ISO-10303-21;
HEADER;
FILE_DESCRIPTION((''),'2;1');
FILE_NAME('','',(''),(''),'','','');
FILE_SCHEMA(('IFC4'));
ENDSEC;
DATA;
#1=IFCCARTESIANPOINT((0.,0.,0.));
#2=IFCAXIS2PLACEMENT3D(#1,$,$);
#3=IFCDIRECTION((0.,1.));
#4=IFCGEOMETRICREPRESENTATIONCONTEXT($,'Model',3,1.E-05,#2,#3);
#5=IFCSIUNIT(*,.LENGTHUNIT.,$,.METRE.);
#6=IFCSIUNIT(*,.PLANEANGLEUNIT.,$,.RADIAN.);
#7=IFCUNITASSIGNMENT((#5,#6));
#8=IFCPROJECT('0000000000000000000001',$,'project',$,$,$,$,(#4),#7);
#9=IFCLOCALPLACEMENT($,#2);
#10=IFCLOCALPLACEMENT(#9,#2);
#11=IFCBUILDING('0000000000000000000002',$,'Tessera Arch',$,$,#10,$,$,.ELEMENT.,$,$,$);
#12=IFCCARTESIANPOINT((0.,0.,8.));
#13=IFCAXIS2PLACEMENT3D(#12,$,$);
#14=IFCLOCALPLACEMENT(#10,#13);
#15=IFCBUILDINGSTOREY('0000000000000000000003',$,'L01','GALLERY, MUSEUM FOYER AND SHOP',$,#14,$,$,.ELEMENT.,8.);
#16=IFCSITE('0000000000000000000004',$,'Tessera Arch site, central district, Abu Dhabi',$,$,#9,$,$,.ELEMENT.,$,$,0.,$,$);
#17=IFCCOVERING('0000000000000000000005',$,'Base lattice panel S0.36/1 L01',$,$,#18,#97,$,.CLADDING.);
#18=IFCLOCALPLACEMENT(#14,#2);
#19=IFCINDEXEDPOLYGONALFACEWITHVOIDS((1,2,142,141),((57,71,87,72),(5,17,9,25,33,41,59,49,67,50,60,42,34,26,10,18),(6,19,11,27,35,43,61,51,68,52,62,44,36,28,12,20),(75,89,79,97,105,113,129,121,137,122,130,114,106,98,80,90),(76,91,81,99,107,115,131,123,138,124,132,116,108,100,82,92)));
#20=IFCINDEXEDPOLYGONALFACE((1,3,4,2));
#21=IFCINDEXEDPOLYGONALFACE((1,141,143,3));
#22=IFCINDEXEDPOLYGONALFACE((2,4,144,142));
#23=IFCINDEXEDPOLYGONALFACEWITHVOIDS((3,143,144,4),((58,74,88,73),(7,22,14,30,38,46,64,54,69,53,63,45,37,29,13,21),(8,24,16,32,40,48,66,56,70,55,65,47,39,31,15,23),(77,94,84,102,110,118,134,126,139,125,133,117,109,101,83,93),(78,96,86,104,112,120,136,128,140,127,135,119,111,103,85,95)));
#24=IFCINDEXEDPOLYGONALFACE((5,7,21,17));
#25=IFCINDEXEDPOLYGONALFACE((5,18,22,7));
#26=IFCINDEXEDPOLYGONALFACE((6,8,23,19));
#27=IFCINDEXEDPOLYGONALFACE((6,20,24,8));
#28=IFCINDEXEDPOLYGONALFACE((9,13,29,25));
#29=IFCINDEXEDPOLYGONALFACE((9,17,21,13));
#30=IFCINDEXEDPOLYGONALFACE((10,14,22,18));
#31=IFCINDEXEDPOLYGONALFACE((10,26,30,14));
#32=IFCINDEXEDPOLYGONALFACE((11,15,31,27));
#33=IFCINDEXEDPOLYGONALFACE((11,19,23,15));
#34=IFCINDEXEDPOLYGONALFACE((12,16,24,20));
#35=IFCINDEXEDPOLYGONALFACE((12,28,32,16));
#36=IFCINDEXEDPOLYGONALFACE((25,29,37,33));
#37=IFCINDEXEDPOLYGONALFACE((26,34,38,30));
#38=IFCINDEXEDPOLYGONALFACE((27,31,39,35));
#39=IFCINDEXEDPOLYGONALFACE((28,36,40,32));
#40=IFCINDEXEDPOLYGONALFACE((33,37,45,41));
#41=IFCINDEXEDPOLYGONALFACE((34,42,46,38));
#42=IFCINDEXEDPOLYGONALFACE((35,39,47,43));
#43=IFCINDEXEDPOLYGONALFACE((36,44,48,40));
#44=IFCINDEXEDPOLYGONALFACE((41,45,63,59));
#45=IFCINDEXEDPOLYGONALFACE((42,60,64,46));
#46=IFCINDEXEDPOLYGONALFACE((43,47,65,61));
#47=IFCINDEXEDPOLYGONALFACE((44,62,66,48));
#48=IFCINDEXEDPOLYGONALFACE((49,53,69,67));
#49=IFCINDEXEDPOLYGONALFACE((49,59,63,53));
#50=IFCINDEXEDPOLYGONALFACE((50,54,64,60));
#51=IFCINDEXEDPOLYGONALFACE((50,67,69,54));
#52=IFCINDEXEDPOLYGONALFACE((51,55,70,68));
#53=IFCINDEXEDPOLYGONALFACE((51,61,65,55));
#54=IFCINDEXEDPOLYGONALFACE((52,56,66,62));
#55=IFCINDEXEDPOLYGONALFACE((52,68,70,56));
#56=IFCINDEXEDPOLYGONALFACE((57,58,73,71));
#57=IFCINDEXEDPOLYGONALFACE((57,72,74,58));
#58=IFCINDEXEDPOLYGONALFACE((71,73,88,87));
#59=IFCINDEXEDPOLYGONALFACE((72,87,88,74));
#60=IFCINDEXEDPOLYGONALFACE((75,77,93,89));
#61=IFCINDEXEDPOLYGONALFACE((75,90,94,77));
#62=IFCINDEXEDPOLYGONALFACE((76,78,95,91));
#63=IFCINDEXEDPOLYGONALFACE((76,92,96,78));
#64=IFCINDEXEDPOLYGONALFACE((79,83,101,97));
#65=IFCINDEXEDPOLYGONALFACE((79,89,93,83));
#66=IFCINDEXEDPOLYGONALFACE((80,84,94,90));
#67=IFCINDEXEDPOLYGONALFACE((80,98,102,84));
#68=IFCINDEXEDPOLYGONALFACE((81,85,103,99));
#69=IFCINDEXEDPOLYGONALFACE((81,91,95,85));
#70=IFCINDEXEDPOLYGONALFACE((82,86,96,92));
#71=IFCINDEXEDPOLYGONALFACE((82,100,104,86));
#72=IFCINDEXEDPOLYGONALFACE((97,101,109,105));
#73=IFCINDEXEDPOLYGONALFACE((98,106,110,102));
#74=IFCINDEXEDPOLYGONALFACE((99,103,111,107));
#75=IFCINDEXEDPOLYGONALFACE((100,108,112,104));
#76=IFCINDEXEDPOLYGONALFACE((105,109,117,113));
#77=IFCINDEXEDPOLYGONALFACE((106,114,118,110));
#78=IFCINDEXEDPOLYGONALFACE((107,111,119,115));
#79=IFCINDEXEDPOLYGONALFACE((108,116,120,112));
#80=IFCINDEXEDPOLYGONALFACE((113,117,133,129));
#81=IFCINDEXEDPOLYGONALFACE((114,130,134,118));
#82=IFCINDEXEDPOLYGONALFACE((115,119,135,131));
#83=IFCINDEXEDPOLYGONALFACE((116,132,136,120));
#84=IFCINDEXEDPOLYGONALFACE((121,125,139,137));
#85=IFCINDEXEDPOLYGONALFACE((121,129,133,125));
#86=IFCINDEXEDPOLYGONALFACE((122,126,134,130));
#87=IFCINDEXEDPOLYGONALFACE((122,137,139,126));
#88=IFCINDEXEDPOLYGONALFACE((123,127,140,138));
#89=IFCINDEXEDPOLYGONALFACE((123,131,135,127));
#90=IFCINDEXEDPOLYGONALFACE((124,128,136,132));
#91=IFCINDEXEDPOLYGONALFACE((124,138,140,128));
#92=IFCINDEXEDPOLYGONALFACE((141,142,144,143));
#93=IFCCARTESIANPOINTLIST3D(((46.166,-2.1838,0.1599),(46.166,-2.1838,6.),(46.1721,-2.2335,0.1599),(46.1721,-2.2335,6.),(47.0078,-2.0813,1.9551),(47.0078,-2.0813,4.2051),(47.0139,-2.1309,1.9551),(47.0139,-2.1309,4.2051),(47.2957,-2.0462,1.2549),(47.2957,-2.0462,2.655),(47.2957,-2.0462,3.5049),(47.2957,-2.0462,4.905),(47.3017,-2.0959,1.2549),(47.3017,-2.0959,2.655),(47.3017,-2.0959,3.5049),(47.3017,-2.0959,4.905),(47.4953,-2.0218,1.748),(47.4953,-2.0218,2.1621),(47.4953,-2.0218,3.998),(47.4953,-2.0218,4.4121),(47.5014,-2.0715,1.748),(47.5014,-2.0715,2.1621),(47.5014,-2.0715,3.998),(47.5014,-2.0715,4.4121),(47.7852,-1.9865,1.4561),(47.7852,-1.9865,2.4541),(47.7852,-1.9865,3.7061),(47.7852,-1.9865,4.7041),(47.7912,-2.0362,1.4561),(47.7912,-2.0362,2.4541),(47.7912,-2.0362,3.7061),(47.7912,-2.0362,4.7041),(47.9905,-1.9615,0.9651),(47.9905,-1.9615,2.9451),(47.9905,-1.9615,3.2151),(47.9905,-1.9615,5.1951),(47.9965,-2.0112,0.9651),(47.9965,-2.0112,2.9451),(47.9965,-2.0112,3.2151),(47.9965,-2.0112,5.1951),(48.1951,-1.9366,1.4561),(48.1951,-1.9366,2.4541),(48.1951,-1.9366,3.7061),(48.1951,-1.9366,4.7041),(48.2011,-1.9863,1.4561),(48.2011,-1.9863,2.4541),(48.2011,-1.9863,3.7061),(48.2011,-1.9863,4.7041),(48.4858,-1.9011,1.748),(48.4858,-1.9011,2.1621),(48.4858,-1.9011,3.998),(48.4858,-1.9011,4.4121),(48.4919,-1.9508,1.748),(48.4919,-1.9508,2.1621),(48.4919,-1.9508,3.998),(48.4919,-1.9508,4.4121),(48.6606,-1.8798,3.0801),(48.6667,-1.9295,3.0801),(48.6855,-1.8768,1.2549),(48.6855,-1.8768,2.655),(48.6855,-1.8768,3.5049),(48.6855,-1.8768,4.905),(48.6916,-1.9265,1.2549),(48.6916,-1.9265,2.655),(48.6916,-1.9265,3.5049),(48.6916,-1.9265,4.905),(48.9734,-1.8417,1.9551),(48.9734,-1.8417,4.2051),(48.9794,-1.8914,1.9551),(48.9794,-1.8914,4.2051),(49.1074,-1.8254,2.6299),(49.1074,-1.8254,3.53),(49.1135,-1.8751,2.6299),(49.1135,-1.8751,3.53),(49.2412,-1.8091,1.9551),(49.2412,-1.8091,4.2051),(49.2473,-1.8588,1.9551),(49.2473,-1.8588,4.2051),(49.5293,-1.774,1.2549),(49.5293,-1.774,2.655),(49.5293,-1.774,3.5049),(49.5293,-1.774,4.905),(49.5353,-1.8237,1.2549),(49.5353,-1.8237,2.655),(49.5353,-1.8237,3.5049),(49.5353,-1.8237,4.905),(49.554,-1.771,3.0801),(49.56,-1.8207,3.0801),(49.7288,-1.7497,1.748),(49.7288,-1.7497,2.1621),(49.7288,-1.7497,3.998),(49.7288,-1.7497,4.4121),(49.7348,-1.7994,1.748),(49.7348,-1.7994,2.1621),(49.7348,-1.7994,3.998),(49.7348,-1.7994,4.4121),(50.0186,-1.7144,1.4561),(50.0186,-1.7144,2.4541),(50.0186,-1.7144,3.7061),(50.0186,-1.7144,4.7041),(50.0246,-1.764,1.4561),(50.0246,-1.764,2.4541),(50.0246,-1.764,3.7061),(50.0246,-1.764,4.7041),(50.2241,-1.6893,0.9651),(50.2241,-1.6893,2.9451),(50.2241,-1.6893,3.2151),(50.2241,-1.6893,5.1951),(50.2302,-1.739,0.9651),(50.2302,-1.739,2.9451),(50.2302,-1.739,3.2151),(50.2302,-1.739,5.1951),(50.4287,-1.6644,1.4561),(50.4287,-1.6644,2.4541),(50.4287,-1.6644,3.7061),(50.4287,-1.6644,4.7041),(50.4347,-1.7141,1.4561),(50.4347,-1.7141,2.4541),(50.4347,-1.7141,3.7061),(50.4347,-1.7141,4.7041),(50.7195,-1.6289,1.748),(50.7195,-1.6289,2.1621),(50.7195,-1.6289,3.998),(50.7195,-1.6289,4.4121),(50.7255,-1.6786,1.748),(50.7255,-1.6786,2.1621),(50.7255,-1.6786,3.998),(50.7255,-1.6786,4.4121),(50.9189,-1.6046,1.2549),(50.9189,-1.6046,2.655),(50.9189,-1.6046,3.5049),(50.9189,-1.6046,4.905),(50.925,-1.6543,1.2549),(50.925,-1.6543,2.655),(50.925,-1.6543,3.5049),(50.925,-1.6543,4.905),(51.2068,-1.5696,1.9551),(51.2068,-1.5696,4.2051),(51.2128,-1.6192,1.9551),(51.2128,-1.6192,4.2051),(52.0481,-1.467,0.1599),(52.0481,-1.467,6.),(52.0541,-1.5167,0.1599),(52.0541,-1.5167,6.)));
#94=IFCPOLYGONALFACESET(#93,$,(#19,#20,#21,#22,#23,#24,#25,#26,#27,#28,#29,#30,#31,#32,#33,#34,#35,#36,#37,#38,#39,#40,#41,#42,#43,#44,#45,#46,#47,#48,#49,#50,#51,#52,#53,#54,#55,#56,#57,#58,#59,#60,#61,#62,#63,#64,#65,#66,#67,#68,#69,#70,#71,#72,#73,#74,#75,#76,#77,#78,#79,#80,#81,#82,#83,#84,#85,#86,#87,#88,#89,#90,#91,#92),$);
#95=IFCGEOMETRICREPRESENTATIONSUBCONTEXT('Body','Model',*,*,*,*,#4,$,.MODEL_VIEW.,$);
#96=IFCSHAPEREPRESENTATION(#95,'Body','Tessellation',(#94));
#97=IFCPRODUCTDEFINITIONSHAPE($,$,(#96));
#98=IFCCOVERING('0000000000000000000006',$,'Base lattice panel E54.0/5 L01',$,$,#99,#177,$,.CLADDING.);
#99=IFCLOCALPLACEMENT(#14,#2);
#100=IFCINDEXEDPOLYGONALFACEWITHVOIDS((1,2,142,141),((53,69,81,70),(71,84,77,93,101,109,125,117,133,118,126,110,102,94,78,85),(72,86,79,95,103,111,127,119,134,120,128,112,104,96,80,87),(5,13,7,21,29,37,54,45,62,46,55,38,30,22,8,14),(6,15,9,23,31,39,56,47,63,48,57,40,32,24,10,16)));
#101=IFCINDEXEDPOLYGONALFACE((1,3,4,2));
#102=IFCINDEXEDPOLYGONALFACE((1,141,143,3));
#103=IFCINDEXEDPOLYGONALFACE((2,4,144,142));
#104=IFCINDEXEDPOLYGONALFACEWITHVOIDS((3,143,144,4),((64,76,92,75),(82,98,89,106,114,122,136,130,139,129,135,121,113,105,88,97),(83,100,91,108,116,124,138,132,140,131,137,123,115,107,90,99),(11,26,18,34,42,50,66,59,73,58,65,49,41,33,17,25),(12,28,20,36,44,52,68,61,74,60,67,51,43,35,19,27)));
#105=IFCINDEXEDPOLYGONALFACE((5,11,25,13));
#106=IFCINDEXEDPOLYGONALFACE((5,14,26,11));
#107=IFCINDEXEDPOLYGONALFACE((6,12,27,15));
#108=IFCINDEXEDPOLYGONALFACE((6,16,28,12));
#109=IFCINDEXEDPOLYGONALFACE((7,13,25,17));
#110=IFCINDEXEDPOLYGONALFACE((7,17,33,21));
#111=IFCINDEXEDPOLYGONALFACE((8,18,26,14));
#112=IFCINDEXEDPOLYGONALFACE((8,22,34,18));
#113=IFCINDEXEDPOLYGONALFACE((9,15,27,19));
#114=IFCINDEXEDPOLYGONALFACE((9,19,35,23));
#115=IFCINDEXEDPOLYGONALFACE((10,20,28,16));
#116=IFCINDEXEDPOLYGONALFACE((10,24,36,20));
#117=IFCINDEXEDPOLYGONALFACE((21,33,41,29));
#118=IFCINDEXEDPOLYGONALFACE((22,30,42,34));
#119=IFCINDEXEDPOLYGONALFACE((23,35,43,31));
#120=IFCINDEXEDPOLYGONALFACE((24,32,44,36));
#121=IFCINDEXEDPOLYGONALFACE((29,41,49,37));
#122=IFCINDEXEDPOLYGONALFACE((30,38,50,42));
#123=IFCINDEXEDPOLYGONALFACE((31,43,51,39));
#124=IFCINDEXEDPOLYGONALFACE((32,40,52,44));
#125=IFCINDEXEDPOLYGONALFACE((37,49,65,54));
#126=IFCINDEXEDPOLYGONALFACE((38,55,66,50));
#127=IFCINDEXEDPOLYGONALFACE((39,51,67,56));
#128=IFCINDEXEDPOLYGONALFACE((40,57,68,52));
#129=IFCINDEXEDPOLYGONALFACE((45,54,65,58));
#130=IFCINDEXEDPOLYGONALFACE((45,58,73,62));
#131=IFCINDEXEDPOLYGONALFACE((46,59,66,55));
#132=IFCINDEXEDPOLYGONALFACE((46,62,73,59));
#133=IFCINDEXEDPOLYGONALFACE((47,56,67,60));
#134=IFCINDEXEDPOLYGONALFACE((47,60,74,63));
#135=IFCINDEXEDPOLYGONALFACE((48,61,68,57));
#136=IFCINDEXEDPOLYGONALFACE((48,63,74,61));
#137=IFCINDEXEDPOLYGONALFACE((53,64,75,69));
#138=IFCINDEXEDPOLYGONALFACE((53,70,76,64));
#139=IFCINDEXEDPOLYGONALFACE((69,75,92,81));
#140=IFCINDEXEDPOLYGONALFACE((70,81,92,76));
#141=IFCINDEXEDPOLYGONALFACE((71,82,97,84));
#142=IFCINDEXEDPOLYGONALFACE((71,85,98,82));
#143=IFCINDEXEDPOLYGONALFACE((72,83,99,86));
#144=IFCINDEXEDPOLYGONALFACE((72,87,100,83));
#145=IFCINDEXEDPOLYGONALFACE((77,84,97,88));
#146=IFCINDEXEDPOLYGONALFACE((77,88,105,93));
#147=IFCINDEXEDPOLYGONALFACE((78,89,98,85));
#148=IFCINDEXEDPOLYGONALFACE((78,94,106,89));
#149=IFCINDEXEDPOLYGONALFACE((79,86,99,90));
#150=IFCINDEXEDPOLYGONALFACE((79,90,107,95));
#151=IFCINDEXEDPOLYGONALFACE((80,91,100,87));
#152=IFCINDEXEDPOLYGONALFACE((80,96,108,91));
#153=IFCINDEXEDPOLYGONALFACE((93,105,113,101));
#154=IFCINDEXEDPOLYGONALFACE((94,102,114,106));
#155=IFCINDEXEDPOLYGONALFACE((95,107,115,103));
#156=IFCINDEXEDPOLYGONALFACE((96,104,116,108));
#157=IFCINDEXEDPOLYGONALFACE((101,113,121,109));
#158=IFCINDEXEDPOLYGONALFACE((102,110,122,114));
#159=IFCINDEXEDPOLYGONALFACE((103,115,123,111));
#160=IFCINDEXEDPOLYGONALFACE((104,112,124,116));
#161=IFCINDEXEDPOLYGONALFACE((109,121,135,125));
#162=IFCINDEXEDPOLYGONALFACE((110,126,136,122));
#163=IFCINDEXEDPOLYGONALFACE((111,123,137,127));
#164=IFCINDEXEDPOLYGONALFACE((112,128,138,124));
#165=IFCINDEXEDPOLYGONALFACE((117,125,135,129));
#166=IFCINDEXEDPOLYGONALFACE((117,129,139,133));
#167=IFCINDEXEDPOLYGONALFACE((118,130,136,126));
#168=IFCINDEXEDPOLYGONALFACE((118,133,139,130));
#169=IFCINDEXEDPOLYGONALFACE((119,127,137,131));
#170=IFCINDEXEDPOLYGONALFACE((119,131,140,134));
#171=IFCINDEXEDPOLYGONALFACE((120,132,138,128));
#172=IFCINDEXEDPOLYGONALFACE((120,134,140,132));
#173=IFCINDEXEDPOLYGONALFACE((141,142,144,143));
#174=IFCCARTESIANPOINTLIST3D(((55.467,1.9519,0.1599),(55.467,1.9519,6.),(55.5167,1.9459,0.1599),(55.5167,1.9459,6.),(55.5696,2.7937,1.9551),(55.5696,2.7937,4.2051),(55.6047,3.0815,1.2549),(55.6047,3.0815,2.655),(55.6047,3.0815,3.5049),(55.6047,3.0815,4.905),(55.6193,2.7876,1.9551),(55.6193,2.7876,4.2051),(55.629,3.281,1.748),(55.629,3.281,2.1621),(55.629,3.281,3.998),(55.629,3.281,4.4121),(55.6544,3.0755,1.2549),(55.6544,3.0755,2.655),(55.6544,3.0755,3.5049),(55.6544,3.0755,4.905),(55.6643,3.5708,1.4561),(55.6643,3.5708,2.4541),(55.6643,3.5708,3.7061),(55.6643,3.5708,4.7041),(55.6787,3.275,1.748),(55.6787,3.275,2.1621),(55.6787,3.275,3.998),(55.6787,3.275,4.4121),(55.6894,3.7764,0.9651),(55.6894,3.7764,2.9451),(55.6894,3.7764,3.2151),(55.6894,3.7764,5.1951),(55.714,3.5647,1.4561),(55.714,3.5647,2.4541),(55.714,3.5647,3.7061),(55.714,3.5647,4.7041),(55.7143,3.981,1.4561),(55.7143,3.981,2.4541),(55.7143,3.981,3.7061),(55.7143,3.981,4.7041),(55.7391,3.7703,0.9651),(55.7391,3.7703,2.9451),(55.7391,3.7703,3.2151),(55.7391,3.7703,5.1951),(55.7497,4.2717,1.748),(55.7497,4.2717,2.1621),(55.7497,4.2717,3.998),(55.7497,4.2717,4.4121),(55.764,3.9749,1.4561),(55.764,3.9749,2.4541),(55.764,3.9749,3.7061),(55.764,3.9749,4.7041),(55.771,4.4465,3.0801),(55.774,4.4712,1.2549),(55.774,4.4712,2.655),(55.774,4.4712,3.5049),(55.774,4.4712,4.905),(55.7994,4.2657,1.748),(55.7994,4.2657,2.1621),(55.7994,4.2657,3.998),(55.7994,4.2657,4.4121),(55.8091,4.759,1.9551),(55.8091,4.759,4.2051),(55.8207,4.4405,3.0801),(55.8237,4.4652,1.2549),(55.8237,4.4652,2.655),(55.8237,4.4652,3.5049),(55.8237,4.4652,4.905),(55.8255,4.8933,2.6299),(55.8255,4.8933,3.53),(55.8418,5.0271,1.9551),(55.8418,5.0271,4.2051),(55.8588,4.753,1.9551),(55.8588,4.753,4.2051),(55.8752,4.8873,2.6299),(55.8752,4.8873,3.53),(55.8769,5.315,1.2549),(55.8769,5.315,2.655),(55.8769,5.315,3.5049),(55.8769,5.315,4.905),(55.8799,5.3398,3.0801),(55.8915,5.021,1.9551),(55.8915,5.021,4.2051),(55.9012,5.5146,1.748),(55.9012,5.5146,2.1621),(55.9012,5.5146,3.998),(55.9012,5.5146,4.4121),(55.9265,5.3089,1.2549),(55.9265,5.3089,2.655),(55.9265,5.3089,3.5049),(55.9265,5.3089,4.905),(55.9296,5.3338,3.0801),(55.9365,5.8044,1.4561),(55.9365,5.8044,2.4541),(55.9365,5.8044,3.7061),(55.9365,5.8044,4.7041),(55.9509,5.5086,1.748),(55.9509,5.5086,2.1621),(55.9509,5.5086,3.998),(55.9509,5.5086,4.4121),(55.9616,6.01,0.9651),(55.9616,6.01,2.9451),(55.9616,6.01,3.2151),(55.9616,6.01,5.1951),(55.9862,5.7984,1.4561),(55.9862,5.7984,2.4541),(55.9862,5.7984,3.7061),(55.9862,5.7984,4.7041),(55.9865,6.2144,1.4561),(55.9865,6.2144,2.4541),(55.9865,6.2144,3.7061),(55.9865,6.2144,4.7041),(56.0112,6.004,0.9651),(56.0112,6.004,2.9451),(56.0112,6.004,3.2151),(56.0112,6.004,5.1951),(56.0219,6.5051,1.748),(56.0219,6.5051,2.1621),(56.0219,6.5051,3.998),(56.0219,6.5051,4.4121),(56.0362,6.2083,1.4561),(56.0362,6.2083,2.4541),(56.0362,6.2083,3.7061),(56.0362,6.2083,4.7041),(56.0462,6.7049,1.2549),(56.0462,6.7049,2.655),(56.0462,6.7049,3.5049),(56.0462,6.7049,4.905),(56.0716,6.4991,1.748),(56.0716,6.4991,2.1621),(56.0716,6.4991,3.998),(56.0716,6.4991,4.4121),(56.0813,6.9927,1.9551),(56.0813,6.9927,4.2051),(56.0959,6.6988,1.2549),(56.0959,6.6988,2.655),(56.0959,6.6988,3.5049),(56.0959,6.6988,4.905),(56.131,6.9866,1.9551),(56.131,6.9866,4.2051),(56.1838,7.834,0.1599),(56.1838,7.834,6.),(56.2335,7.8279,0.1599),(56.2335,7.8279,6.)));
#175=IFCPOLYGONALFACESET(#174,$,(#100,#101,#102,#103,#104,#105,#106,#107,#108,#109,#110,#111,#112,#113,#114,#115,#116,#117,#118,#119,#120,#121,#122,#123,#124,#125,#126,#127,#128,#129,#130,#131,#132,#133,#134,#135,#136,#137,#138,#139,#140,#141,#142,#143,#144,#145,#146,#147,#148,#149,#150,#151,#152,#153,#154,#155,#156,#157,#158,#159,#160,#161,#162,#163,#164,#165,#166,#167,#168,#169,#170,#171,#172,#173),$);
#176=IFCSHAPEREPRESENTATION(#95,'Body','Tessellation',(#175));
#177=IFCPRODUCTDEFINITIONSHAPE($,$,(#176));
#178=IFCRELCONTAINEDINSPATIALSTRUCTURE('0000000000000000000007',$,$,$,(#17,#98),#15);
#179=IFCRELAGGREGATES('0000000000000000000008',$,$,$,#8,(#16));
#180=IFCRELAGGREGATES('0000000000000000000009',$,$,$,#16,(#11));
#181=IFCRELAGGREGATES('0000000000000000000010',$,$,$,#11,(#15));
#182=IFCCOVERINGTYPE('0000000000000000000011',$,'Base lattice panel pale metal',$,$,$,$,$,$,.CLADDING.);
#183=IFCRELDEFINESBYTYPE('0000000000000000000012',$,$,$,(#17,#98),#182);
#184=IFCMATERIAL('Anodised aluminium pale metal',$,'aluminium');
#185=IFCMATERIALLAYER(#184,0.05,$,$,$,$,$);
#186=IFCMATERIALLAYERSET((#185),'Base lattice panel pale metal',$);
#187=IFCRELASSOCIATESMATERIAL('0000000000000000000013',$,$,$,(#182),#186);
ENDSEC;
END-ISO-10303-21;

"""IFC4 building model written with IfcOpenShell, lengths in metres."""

from ifc_helpers import new_model, si_unit, direction, frame, origin, place, context, subcontext, project, spatial, polyline, outline, extrude, material, layer, layer_set, type_object, element, save


model = new_model("IFC4")

# Units and contexts
model_context = context("Model", 3, precision=1e-05, world=origin(), true_north=direction((0.0, 1.0)))
body_context = subcontext(model_context, "Body", "Model", "MODEL_VIEW")
ifc_project = project(units=[si_unit("LENGTHUNIT", "METRE"), si_unit("PLANEANGLEUNIT", "RADIAN")], contexts=[model_context])

# Site, building, storey
site_placement = place(None, origin())
site = spatial("IfcSite", under=ifc_project, at=site_placement, Name="Tessera Arch site, central district, Abu Dhabi", CompositionType="ELEMENT", RefElevation=0.0)
building_placement = place(site_placement, origin())
building = spatial("IfcBuilding", under=site, at=building_placement, Name="Tessera Arch", CompositionType="ELEMENT")
storey_placement = place(building_placement, frame((0.0, 0.0, 8.0)))
storey = spatial("IfcBuildingStorey", under=building, at=storey_placement, Name="L01", Description="GALLERY, MUSEUM FOYER AND SHOP", CompositionType="ELEMENT", Elevation=8.0)

# Coverings
ifc_material_1 = material(Name="Anodised aluminium pale metal", Category="aluminium")
ifc_layer_1 = layer(ifc_material_1, 0.05)
ifc_layer_set_1 = layer_set([ifc_layer_1], Name="Base lattice panel pale metal")
covering_type = type_object("IfcCoveringType", Name="Base lattice panel pale metal", PredefinedType="CLADDING", material=ifc_layer_set_1)
covering_1_placement = place(storey_placement, frame((46.166, -2.1838, 6.0), z_axis=(-0.120966, 0.992657, 0.0), x_axis=(0.992657, 0.120966, 0.0)))
element("IfcCovering", 1, at=covering_1_placement, inside=storey, type_object=covering_type, Name="Base lattice panel S0.36/1 L01", PredefinedType="CLADDING", context=body_context, shape_type="SweptSolid", body=[
    extrude(outline(polyline([(0.0, 0.0), (5.9256, 0.0), (5.9256, 5.8401), (0.0, 5.8401), (0.0, 0.0)]), holes=[polyline([(2.8281, 4.0449), (2.337, 3.8379), (2.5382, 3.345), (2.0441, 3.5459), (1.838, 3.0549), (1.6311, 3.5459), (1.138, 3.345), (1.3392, 3.8379), (0.848, 4.0449), (1.3392, 4.252), (1.138, 4.7451), (1.6311, 4.5439), (1.838, 5.0349), (2.0441, 4.5439), (2.5382, 4.7451), (2.337, 4.252), (2.8281, 4.0449)]), polyline([(2.8281, 1.7949), (2.337, 1.5879), (2.5382, 1.095), (2.0441, 1.2959), (1.838, 0.8049), (1.6311, 1.2959), (1.138, 1.095), (1.3392, 1.5879), (0.848, 1.7949), (1.3392, 2.002), (1.138, 2.4951), (1.6311, 2.2939), (1.838, 2.7849), (2.0441, 2.2939), (2.5382, 2.4951), (2.337, 2.002), (2.8281, 1.7949)]), polyline([(5.0781, 4.0449), (4.5872, 3.8379), (4.7881, 3.345), (4.2942, 3.5459), (4.0881, 3.0549), (3.881, 3.5459), (3.3881, 3.345), (3.5891, 3.8379), (3.0979, 4.0449), (3.5891, 4.252), (3.3881, 4.7451), (3.881, 4.5439), (4.0881, 5.0349), (4.2942, 4.5439), (4.7881, 4.7451), (4.5872, 4.252), (5.0781, 4.0449)]), polyline([(5.0781, 1.7949), (4.5872, 1.5879), (4.7881, 1.095), (4.2942, 1.2959), (4.0881, 0.8049), (3.881, 1.2959), (3.3881, 1.095), (3.5891, 1.5879), (3.0979, 1.7949), (3.5891, 2.002), (3.3881, 2.4951), (3.881, 2.2939), (4.0881, 2.7849), (4.2942, 2.2939), (4.7881, 2.4951), (4.5872, 2.002), (5.0781, 1.7949)]), polyline([(3.413, 2.9199), (2.9632, 2.47), (2.5131, 2.9199), (2.9632, 3.3701), (3.413, 2.9199)])]), origin(), (0.0, 0.0, -1.0), 0.05),
])
covering_2_placement = place(storey_placement, frame((55.467, 1.9519, 6.0), z_axis=(-0.992657, 0.120966, 0.0), x_axis=(0.120966, 0.992657, 0.0)))
element("IfcCovering", 2, at=covering_2_placement, inside=storey, type_object=covering_type, Name="Base lattice panel E54.0/5 L01", PredefinedType="CLADDING", context=body_context, shape_type="SweptSolid", body=[
    extrude(outline(polyline([(0.0, 0.0), (5.9256, 0.0), (5.9256, 5.8401), (0.0, 5.8401), (0.0, 0.0)]), holes=[polyline([(2.8279, 4.0449), (2.337, 3.8379), (2.5379, 3.345), (2.0441, 3.5459), (1.838, 3.0549), (1.6309, 3.5459), (1.138, 3.345), (1.339, 3.8379), (0.848, 4.0449), (1.339, 4.252), (1.138, 4.7451), (1.6309, 4.5439), (1.838, 5.0349), (2.0441, 4.5439), (2.5379, 4.7451), (2.337, 4.252), (2.8279, 4.0449)]), polyline([(2.8279, 1.7949), (2.337, 1.5879), (2.5379, 1.095), (2.0441, 1.2959), (1.838, 0.8049), (1.6309, 1.2959), (1.138, 1.095), (1.339, 1.5879), (0.848, 1.7949), (1.339, 2.002), (1.138, 2.4951), (1.6309, 2.2939), (1.838, 2.7849), (2.0441, 2.2939), (2.5379, 2.4951), (2.337, 2.002), (2.8279, 1.7949)]), polyline([(5.0781, 4.0449), (4.5869, 3.8379), (4.7881, 3.345), (4.294, 3.5459), (4.0881, 3.0549), (3.881, 3.5459), (3.3879, 3.345), (3.5891, 3.8379), (3.0979, 4.0449), (3.5891, 4.252), (3.3879, 4.7451), (3.881, 4.5439), (4.0881, 5.0349), (4.294, 4.5439), (4.7881, 4.7451), (4.5869, 4.252), (5.0781, 4.0449)]), polyline([(5.0781, 1.7949), (4.5869, 1.5879), (4.7881, 1.095), (4.294, 1.2959), (4.0881, 0.8049), (3.881, 1.2959), (3.3879, 1.095), (3.5891, 1.5879), (3.0979, 1.7949), (3.5891, 2.002), (3.3879, 2.4951), (3.881, 2.2939), (4.0881, 2.7849), (4.294, 2.2939), (4.7881, 2.4951), (4.5869, 2.002), (5.0781, 1.7949)]), polyline([(3.413, 2.9199), (2.9632, 2.47), (2.5131, 2.9199), (2.9632, 3.3701), (3.413, 2.9199)])]), origin(), (0.0, 0.0, -1.0), 0.05),
])

save(model, "model.ifc")
